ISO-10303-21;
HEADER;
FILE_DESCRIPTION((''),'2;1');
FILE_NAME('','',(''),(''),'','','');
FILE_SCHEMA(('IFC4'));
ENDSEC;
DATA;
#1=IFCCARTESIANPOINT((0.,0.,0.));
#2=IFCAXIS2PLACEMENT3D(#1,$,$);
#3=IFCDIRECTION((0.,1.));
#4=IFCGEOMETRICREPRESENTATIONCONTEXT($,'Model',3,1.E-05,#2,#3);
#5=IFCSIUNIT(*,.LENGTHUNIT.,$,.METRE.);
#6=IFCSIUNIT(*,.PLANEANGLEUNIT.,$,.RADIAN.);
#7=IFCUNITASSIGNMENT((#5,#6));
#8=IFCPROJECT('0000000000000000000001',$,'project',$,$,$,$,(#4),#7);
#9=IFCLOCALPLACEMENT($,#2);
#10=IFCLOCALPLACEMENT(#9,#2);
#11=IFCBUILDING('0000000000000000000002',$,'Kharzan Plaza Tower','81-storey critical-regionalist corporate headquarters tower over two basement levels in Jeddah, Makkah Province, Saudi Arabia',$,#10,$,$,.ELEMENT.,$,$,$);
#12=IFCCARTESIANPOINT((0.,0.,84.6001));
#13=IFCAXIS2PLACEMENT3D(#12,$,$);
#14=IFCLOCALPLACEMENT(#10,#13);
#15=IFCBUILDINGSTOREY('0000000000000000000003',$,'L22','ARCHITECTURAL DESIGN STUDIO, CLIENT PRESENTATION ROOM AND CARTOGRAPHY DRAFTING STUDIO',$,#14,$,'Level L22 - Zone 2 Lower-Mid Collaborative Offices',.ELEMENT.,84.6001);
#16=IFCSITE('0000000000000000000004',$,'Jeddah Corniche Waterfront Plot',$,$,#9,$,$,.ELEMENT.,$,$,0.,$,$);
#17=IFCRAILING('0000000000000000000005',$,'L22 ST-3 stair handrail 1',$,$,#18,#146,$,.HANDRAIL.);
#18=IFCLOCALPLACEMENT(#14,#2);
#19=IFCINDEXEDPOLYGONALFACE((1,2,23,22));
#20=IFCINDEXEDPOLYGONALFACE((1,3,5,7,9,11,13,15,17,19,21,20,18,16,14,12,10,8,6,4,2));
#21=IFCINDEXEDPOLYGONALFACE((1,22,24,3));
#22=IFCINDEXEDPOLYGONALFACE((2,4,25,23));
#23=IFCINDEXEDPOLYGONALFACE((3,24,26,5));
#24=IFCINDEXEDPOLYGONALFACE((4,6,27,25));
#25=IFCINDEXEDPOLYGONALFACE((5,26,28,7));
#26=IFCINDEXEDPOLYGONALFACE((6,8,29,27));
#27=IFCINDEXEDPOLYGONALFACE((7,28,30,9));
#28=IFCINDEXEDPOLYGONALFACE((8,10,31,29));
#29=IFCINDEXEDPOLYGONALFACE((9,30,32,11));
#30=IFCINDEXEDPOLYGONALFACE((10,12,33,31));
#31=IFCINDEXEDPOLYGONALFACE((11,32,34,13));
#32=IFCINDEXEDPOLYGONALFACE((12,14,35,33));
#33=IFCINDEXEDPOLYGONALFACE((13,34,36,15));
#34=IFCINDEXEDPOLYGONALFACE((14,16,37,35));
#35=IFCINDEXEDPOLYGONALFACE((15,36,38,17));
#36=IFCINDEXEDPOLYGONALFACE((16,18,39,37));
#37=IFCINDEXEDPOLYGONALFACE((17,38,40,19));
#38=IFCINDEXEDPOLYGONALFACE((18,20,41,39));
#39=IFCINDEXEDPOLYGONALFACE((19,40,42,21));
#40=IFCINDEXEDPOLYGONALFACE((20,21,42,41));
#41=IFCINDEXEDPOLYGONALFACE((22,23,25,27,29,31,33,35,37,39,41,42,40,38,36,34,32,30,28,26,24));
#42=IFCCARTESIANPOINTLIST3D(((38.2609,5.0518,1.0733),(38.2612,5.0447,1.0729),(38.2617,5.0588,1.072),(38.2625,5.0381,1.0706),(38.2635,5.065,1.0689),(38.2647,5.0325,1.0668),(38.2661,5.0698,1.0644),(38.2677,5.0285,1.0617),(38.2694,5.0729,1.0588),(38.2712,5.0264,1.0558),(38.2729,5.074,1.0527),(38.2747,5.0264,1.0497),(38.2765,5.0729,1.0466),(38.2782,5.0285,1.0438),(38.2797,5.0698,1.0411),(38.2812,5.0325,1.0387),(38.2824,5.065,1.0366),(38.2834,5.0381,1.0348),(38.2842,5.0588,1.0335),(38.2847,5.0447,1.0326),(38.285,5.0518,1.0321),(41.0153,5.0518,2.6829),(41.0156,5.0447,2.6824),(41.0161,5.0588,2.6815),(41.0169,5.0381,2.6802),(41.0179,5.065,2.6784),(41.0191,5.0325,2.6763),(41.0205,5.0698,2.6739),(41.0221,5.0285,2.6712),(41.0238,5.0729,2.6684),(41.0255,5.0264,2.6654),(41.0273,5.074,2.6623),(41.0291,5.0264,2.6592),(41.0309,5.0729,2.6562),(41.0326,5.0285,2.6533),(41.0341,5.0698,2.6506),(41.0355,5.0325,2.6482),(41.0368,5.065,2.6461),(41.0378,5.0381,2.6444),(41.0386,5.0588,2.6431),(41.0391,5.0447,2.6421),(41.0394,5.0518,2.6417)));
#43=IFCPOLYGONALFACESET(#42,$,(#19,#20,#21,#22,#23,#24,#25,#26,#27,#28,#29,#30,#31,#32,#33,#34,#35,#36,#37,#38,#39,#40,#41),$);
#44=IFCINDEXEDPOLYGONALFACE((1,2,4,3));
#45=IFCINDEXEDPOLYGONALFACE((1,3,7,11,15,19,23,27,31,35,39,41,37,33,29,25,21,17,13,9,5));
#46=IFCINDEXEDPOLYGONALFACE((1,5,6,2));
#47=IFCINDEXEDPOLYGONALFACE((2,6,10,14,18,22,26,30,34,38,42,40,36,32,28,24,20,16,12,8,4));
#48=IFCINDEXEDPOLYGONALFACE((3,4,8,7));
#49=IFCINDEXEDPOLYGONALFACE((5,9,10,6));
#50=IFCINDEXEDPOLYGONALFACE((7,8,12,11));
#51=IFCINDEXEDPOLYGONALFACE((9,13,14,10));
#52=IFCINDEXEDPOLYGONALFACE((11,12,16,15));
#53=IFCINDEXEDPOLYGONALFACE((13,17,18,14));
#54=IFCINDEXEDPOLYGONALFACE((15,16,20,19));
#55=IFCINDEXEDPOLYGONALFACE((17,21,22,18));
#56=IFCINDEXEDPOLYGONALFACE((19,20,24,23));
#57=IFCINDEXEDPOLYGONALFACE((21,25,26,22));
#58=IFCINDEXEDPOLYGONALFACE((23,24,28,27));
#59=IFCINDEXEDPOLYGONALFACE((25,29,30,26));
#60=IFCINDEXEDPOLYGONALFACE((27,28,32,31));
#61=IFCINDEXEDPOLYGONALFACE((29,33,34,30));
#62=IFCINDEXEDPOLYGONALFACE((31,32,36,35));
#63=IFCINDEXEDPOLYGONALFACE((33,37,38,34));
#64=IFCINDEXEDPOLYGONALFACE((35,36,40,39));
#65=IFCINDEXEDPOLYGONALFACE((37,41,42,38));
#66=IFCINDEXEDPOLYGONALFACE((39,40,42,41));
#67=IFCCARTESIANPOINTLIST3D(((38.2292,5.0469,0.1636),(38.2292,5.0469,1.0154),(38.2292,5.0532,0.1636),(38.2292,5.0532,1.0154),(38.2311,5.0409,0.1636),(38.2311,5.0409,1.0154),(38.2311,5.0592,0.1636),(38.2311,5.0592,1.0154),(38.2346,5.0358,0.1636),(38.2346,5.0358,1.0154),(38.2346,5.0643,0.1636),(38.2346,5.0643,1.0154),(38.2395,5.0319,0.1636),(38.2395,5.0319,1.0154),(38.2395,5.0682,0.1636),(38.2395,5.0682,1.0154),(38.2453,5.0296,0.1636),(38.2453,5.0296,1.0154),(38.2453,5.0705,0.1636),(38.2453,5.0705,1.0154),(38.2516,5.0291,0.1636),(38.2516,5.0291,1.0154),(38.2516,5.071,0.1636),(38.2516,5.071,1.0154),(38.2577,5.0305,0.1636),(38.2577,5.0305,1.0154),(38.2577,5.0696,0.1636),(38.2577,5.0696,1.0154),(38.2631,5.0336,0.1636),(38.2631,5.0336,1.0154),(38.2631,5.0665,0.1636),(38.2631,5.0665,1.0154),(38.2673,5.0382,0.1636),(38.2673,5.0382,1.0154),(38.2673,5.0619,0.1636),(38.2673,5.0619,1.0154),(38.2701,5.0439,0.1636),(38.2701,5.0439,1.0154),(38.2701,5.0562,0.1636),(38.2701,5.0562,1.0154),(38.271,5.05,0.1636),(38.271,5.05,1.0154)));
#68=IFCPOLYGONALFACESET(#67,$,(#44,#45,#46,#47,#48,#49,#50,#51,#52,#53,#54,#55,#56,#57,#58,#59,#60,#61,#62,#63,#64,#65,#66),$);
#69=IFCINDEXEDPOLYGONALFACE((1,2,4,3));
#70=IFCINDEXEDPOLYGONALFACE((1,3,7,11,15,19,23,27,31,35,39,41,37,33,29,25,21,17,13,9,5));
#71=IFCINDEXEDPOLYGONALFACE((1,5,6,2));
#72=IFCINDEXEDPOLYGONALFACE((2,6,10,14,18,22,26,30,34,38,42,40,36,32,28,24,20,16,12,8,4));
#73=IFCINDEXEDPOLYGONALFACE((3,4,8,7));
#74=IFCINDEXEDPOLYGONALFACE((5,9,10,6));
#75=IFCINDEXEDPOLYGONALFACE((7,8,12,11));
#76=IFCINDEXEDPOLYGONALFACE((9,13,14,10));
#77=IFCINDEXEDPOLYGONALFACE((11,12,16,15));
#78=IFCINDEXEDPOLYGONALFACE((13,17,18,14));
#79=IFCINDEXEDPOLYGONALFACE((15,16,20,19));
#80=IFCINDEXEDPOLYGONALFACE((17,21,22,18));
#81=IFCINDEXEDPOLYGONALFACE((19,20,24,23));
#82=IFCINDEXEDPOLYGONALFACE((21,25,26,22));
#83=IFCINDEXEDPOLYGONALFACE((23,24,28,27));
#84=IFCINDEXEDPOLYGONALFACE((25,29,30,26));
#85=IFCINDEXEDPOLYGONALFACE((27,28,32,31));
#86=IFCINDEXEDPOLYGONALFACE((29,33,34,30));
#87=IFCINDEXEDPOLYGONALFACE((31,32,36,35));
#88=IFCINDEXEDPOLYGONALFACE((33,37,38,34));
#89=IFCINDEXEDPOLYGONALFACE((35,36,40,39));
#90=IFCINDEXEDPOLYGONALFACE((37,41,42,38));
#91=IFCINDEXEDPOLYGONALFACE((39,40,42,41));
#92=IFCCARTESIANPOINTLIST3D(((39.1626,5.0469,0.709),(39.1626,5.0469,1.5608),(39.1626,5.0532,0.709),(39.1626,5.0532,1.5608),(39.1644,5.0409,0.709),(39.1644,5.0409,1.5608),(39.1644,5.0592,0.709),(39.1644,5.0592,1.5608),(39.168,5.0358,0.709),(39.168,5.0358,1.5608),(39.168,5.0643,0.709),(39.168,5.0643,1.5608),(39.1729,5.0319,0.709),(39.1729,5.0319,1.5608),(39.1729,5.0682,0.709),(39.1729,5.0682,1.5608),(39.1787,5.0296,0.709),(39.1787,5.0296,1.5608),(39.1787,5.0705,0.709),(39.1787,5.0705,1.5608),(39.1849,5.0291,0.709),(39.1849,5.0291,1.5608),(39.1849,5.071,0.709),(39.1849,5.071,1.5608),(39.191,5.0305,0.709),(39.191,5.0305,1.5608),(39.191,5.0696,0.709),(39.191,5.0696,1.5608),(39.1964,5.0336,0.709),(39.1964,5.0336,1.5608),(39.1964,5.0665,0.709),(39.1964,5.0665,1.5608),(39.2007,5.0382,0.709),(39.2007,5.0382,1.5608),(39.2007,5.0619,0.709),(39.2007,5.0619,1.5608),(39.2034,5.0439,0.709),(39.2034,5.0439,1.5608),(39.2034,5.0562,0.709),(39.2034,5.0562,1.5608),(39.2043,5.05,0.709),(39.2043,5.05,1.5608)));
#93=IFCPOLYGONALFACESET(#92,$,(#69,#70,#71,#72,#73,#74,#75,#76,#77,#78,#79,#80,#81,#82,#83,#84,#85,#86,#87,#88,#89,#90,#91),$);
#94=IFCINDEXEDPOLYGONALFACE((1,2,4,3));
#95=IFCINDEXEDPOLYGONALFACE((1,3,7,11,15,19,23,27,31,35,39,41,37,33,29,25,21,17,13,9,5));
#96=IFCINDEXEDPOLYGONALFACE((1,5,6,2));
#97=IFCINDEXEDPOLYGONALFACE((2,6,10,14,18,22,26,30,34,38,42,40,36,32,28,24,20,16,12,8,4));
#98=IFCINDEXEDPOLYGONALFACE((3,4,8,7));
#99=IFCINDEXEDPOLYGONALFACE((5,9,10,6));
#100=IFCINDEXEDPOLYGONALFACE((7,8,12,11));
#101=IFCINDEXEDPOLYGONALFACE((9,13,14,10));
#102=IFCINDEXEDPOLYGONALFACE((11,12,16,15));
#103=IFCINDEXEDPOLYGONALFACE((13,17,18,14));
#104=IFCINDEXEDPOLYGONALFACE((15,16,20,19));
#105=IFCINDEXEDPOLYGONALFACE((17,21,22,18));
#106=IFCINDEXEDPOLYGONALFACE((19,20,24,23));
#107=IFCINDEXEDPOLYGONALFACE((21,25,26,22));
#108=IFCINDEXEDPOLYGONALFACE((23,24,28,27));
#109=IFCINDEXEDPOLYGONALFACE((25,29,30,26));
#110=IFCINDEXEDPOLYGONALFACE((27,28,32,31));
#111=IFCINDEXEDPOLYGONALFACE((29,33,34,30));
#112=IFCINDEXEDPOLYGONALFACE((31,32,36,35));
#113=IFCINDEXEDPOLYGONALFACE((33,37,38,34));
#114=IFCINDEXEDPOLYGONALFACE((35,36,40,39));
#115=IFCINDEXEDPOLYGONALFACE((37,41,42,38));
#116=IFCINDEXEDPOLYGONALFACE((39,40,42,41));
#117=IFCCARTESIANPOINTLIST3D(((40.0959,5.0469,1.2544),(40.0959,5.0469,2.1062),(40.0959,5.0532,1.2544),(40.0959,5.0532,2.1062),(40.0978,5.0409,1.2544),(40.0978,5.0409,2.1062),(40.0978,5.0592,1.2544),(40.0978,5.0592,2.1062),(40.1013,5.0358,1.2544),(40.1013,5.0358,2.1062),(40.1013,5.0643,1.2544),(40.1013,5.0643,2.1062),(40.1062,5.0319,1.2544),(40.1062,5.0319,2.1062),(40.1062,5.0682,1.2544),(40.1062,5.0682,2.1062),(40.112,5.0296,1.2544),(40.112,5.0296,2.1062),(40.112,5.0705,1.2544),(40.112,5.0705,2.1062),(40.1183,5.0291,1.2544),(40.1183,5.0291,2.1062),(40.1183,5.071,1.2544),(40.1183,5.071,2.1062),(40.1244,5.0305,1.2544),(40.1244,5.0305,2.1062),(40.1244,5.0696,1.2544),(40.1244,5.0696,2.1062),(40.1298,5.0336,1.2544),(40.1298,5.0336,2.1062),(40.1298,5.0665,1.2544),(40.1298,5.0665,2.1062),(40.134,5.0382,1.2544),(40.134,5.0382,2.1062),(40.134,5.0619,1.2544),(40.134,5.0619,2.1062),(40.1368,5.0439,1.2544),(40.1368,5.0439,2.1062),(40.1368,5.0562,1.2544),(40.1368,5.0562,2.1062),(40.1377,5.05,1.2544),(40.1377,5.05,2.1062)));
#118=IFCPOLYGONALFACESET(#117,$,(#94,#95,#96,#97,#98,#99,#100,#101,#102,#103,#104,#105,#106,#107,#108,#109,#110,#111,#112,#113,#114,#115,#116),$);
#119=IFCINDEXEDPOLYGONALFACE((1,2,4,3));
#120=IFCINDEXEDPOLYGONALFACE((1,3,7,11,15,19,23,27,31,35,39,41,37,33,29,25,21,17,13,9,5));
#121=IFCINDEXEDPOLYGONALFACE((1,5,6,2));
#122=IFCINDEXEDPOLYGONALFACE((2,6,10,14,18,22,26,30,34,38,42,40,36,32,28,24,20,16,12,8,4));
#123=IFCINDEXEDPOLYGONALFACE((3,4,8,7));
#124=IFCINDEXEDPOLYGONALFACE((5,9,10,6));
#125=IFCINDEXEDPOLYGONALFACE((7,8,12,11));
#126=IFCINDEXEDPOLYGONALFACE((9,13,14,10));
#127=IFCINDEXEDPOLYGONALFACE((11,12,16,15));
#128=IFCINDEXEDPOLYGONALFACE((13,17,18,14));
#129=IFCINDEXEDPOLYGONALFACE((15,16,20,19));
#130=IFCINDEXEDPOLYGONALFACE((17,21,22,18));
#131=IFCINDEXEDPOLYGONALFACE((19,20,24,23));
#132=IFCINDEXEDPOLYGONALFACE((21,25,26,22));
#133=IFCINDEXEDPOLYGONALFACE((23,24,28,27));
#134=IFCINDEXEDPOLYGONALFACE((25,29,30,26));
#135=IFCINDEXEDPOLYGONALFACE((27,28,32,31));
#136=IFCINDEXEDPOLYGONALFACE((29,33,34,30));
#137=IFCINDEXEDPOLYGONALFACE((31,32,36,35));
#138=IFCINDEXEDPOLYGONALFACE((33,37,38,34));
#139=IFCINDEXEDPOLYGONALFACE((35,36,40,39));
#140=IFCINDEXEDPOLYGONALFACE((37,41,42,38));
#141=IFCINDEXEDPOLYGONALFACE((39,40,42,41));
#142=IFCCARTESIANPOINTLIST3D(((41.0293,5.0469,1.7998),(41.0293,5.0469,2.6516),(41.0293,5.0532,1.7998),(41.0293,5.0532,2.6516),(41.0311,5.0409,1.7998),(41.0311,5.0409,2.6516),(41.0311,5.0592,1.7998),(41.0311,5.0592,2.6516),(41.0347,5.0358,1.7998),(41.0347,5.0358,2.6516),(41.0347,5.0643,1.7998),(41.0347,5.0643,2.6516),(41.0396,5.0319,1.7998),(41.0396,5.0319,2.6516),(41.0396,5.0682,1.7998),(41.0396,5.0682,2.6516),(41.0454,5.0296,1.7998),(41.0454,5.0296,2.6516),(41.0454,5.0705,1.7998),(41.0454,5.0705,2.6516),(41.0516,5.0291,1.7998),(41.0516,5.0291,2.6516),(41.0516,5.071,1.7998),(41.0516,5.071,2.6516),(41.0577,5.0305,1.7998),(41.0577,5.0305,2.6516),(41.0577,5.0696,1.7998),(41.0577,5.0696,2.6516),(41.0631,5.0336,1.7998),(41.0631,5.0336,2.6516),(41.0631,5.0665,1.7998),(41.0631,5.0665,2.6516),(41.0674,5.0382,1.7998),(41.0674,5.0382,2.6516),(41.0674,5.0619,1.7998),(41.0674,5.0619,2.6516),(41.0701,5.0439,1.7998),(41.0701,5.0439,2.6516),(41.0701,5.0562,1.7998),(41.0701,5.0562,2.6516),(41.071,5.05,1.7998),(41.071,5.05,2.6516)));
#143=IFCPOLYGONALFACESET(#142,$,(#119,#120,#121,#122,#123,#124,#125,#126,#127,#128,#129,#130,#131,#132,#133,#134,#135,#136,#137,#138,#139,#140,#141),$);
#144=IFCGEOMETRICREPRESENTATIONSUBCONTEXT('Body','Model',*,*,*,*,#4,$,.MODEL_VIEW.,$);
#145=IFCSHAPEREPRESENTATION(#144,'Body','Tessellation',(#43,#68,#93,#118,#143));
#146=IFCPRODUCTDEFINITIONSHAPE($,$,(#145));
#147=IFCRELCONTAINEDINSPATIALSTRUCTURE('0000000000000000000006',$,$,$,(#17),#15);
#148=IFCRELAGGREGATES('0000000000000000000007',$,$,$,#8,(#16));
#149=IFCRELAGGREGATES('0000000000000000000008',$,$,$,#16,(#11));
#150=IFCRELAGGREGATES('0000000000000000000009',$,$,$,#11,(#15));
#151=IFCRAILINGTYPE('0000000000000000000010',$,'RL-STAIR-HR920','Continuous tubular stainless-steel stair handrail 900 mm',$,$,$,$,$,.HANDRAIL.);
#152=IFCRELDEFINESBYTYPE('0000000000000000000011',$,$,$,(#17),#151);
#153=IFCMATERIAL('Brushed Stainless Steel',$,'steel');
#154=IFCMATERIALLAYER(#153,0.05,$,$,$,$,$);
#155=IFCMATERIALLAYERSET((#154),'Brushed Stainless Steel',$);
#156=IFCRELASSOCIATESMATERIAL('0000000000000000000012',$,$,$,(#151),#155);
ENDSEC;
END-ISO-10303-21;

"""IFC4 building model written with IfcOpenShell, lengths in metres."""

from ifc_helpers import new_model, si_unit, direction, frame, origin, origin_2d, place, context, subcontext, project, spatial, circle, extrude, source, transform, mapped, material, layer, layer_set, type_object, element, save


model = new_model("IFC4")

# Units and contexts
model_context = context("Model", 3, precision=1e-05, world=origin(), true_north=direction((0.0, 1.0)))
body_context = subcontext(model_context, "Body", "Model", "MODEL_VIEW")
ifc_project = project(units=[si_unit("LENGTHUNIT", "METRE"), si_unit("PLANEANGLEUNIT", "RADIAN")], contexts=[model_context])

# Site, building, storey
site_placement = place(None, origin())
site = spatial("IfcSite", under=ifc_project, at=site_placement, Name="Jeddah Corniche Waterfront Plot", CompositionType="ELEMENT", RefElevation=0.0)
building_placement = place(site_placement, origin())
building = spatial("IfcBuilding", under=site, at=building_placement, Name="Kharzan Plaza Tower", Description="81-storey critical-regionalist corporate headquarters tower over two basement levels in Jeddah, Makkah Province, Saudi Arabia", CompositionType="ELEMENT")
storey_placement = place(building_placement, frame((0.0, 0.0, 84.6001)))
storey = spatial("IfcBuildingStorey", under=building, at=storey_placement, Name="L22", Description="ARCHITECTURAL DESIGN STUDIO, CLIENT PRESENTATION ROOM AND CARTOGRAPHY DRAFTING STUDIO", LongName="Level L22 - Zone 2 Lower-Mid Collaborative Offices", CompositionType="ELEMENT", Elevation=84.6001)

# Shared definitions
ifc_material_1 = material(Name="Brushed Stainless Steel", Category="steel")

# Railing
ifc_layer_1 = layer(ifc_material_1, 0.05)
ifc_layer_set_1 = layer_set([ifc_layer_1], Name="Brushed Stainless Steel")
railing_type_1 = type_object("IfcRailingType", Name="RL-STAIR-HR920", Description="Continuous tubular stainless-steel stair handrail 900 mm", PredefinedType="HANDRAIL", material=ifc_layer_set_1)
shared_shape_1 = source(origin(), body_context, "Body", "SweptSolid", [
    extrude(circle(Radius=0.0239, at=origin_2d()), frame((0.0229, 0.0, 0.8892), z_axis=(0.863394, 0.0, 0.504531), x_axis=(0.0, 1.0, 0.0)), (0.0, 0.0, 1.0), 3.1902),
    extrude(circle(Radius=0.021, at=origin_2d()), origin(), (0.0, 0.0, 1.0), 0.8518),
    extrude(circle(Radius=0.021, at=origin_2d()), frame((0.9333, 0.0, 0.5454)), (0.0, 0.0, 1.0), 0.8518),
    extrude(circle(Radius=0.021, at=origin_2d()), frame((1.8667, 0.0, 1.0908)), (0.0, 0.0, 1.0), 0.8518),
    extrude(circle(Radius=0.021, at=origin_2d()), frame((2.8, 0.0, 1.6362)), (0.0, 0.0, 1.0), 0.8518),
])
railing_1_placement = place(storey_placement, frame((38.25, 5.05, 0.1636)))
element("IfcRailing", 1, at=railing_1_placement, inside=storey, type_object=railing_type_1, Name="L22 ST-3 stair handrail 1", PredefinedType="HANDRAIL", context=body_context, shape_type="MappedRepresentation", body=[
    mapped(shared_shape_1, transform((0.0, 0.0, 0.0), x_axis=(1.0, 0.0, 0.0), y_axis=(0.0, 1.0, 0.0), z_axis=(0.0, 0.0, 1.0))),
])

save(model, "model.ifc")
